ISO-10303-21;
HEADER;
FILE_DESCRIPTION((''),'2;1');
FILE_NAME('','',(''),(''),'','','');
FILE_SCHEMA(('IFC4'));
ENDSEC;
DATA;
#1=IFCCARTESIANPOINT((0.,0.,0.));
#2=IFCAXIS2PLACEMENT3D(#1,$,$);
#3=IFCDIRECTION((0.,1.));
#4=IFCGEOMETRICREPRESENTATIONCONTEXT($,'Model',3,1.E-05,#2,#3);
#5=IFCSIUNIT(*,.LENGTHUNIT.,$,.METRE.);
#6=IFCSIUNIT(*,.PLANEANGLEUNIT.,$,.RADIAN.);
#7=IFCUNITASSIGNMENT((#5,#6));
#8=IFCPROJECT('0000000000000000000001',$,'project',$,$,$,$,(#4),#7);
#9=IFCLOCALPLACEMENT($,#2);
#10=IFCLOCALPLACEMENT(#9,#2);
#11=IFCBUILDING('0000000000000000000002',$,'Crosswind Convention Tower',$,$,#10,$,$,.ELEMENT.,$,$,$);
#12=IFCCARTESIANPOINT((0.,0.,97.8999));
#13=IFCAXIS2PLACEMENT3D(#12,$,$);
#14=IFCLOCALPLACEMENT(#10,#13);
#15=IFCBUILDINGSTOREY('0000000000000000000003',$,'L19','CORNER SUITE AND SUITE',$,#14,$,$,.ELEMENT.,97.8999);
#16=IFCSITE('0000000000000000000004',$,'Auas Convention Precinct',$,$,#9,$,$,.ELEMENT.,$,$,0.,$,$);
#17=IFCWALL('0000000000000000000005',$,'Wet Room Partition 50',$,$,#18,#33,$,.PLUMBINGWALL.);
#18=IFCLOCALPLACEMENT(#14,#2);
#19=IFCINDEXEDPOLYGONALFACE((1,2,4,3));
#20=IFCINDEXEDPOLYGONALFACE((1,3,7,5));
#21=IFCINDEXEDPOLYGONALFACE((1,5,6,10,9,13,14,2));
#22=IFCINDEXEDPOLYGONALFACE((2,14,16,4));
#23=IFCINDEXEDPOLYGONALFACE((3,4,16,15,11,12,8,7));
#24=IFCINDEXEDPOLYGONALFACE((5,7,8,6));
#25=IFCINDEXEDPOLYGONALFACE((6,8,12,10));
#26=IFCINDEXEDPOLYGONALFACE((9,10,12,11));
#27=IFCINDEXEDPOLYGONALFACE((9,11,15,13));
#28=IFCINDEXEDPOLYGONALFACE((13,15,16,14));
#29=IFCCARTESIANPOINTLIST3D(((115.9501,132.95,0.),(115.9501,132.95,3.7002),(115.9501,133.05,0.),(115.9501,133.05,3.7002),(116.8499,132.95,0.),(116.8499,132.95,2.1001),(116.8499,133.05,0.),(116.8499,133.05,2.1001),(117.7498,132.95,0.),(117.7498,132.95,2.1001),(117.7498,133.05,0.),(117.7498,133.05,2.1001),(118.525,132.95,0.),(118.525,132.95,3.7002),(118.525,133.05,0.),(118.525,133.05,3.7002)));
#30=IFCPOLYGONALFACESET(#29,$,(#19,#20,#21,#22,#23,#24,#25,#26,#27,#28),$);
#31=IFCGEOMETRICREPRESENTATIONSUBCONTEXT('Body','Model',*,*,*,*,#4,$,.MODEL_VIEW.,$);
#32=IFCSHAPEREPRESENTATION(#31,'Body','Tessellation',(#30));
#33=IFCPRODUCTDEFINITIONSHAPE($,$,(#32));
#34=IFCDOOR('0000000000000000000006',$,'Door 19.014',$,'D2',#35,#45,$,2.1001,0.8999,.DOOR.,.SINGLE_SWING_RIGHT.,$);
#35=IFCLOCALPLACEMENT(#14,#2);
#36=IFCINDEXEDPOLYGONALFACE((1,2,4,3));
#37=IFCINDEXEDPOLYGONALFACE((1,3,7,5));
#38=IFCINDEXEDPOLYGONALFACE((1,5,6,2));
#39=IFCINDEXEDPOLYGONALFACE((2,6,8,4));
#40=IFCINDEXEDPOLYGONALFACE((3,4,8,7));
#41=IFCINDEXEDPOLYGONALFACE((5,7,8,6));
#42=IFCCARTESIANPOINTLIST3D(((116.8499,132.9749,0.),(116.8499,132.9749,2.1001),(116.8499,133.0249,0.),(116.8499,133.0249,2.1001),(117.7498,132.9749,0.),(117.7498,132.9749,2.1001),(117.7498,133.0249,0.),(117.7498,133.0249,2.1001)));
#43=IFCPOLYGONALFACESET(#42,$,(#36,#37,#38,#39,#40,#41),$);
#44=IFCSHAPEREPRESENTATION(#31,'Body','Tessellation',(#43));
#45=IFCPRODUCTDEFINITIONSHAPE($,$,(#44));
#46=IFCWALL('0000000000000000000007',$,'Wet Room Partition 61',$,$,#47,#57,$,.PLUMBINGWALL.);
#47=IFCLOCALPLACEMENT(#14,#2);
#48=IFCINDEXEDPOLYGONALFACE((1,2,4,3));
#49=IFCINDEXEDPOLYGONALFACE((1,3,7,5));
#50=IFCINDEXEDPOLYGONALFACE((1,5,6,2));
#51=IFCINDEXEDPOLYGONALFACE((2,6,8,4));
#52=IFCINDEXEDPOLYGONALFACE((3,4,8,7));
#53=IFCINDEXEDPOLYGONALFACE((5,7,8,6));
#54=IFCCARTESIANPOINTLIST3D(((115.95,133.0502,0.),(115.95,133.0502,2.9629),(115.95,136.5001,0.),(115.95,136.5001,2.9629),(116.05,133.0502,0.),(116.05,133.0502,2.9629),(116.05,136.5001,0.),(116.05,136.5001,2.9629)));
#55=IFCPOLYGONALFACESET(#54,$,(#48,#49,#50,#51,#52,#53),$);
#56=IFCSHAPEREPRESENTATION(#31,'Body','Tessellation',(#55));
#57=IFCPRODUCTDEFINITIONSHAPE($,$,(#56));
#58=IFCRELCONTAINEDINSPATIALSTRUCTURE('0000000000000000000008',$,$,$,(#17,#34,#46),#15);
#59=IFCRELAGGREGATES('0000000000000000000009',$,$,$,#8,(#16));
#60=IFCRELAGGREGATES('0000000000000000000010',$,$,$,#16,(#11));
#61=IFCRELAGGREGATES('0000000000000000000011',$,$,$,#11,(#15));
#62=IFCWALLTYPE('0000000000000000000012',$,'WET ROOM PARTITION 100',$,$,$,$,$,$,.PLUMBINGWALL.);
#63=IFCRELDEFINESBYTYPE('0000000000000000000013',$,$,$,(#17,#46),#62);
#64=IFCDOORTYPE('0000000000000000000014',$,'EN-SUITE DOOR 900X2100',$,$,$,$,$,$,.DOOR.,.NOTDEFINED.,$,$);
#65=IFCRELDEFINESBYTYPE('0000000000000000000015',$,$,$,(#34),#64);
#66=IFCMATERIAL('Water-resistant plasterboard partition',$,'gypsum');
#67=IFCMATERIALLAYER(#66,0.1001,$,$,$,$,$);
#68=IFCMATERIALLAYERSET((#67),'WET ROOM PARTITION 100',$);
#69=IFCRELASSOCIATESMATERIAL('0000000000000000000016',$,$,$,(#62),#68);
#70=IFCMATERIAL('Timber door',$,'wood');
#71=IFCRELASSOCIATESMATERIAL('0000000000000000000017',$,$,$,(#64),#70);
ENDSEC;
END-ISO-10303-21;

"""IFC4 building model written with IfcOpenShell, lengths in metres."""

from ifc_helpers import new_model, si_unit, direction, frame, frame_2d, origin, place, context, subcontext, project, spatial, rectangle, extrude, material, layer, layer_set, type_object, element, fill, save


model = new_model("IFC4")

# Units and contexts
model_context = context("Model", 3, precision=1e-05, world=origin(), true_north=direction((0.0, 1.0)))
body_context = subcontext(model_context, "Body", "Model", "MODEL_VIEW")
ifc_project = project(units=[si_unit("LENGTHUNIT", "METRE"), si_unit("PLANEANGLEUNIT", "RADIAN")], contexts=[model_context])

# Site, building, storey
site_placement = place(None, origin())
site = spatial("IfcSite", under=ifc_project, at=site_placement, Name="Auas Convention Precinct", CompositionType="ELEMENT", RefElevation=0.0)
building_placement = place(site_placement, origin())
building = spatial("IfcBuilding", under=site, at=building_placement, Name="Crosswind Convention Tower", CompositionType="ELEMENT")
storey_placement = place(building_placement, frame((0.0, 0.0, 97.8999)))
storey = spatial("IfcBuildingStorey", under=building, at=storey_placement, Name="L19", Description="CORNER SUITE AND SUITE", CompositionType="ELEMENT", Elevation=97.8999)

# Wall, opening, door
ifc_material_1 = material(Name="Water-resistant plasterboard partition", Category="gypsum")
ifc_layer_1 = layer(ifc_material_1, 0.1001)
ifc_layer_set_1 = layer_set([ifc_layer_1], Name="WET ROOM PARTITION 100")
wall_type_1 = type_object("IfcWallType", Name="WET ROOM PARTITION 100", PredefinedType="PLUMBINGWALL", material=ifc_layer_set_1)
wall_1_placement = place(storey_placement, frame((115.95, 133.0, 0.0), z_axis=(0.0, 0.0, 1.0), x_axis=(1.0, 0.0, 0.0)))
wall_1 = element("IfcWall", 1, at=wall_1_placement, inside=storey, type_object=wall_type_1, Name="Wet Room Partition 50", PredefinedType="PLUMBINGWALL", context=body_context, shape_type="SweptSolid", body=[
    extrude(rectangle(XDim=2.575, YDim=0.1001, at=frame_2d((1.2876, 0.0))), origin(), (0.0, 0.0, 1.0), 3.7002),
])
opening_placement = place(wall_1_placement, frame((0.8999, 0.0, 0.0)))
opening = element("IfcOpeningElement", 2, at=opening_placement, cuts=wall_1, PredefinedType="OPENING", context=body_context, shape_type="SweptSolid", body=[
    extrude(rectangle(XDim=0.8999, YDim=2.1001, at=frame_2d((0.45, 1.05))), frame((0.0, 0.0601, 0.0), z_axis=(0.0, -1.0, 0.0), x_axis=(1.0, 0.0, 0.0)), (0.0, 0.0, 1.0), 0.1201),
])
ifc_material_2 = material(Name="Timber door", Category="wood")
door_type = type_object("IfcDoorType", Name="EN-SUITE DOOR 900X2100", OperationType="NOTDEFINED", PredefinedType="DOOR", material=ifc_material_2)
door_placement = place(opening_placement, origin())
door = element("IfcDoor", 3, at=door_placement, inside=storey, type_object=door_type, Name="Door 19.014", ObjectType="D2", OperationType="SINGLE_SWING_RIGHT", OverallHeight=2.1001, OverallWidth=0.8999, PredefinedType="DOOR", context=body_context, shape_type="SweptSolid", body=[
    extrude(rectangle(XDim=0.8999, YDim=2.1001, at=frame_2d((0.45, 1.05))), frame((0.0, 0.0249, 0.0), z_axis=(0.0, -1.0, 0.0), x_axis=(1.0, 0.0, 0.0)), (0.0, 0.0, 1.0), 0.05),
])
fill(opening, door)

# Wall
wall_2_placement = place(storey_placement, frame((116.0, 133.05, 0.0), z_axis=(0.0, 0.0, 1.0), x_axis=(0.0, 1.0, 0.0)))
element("IfcWall", 4, at=wall_2_placement, inside=storey, type_object=wall_type_1, Name="Wet Room Partition 61", PredefinedType="PLUMBINGWALL", context=body_context, shape_type="SweptSolid", body=[
    extrude(rectangle(XDim=3.45, YDim=0.1001, at=frame_2d((1.7251, 0.0))), origin(), (0.0, 0.0, 1.0), 2.9629),
])

save(model, "model.ifc")
